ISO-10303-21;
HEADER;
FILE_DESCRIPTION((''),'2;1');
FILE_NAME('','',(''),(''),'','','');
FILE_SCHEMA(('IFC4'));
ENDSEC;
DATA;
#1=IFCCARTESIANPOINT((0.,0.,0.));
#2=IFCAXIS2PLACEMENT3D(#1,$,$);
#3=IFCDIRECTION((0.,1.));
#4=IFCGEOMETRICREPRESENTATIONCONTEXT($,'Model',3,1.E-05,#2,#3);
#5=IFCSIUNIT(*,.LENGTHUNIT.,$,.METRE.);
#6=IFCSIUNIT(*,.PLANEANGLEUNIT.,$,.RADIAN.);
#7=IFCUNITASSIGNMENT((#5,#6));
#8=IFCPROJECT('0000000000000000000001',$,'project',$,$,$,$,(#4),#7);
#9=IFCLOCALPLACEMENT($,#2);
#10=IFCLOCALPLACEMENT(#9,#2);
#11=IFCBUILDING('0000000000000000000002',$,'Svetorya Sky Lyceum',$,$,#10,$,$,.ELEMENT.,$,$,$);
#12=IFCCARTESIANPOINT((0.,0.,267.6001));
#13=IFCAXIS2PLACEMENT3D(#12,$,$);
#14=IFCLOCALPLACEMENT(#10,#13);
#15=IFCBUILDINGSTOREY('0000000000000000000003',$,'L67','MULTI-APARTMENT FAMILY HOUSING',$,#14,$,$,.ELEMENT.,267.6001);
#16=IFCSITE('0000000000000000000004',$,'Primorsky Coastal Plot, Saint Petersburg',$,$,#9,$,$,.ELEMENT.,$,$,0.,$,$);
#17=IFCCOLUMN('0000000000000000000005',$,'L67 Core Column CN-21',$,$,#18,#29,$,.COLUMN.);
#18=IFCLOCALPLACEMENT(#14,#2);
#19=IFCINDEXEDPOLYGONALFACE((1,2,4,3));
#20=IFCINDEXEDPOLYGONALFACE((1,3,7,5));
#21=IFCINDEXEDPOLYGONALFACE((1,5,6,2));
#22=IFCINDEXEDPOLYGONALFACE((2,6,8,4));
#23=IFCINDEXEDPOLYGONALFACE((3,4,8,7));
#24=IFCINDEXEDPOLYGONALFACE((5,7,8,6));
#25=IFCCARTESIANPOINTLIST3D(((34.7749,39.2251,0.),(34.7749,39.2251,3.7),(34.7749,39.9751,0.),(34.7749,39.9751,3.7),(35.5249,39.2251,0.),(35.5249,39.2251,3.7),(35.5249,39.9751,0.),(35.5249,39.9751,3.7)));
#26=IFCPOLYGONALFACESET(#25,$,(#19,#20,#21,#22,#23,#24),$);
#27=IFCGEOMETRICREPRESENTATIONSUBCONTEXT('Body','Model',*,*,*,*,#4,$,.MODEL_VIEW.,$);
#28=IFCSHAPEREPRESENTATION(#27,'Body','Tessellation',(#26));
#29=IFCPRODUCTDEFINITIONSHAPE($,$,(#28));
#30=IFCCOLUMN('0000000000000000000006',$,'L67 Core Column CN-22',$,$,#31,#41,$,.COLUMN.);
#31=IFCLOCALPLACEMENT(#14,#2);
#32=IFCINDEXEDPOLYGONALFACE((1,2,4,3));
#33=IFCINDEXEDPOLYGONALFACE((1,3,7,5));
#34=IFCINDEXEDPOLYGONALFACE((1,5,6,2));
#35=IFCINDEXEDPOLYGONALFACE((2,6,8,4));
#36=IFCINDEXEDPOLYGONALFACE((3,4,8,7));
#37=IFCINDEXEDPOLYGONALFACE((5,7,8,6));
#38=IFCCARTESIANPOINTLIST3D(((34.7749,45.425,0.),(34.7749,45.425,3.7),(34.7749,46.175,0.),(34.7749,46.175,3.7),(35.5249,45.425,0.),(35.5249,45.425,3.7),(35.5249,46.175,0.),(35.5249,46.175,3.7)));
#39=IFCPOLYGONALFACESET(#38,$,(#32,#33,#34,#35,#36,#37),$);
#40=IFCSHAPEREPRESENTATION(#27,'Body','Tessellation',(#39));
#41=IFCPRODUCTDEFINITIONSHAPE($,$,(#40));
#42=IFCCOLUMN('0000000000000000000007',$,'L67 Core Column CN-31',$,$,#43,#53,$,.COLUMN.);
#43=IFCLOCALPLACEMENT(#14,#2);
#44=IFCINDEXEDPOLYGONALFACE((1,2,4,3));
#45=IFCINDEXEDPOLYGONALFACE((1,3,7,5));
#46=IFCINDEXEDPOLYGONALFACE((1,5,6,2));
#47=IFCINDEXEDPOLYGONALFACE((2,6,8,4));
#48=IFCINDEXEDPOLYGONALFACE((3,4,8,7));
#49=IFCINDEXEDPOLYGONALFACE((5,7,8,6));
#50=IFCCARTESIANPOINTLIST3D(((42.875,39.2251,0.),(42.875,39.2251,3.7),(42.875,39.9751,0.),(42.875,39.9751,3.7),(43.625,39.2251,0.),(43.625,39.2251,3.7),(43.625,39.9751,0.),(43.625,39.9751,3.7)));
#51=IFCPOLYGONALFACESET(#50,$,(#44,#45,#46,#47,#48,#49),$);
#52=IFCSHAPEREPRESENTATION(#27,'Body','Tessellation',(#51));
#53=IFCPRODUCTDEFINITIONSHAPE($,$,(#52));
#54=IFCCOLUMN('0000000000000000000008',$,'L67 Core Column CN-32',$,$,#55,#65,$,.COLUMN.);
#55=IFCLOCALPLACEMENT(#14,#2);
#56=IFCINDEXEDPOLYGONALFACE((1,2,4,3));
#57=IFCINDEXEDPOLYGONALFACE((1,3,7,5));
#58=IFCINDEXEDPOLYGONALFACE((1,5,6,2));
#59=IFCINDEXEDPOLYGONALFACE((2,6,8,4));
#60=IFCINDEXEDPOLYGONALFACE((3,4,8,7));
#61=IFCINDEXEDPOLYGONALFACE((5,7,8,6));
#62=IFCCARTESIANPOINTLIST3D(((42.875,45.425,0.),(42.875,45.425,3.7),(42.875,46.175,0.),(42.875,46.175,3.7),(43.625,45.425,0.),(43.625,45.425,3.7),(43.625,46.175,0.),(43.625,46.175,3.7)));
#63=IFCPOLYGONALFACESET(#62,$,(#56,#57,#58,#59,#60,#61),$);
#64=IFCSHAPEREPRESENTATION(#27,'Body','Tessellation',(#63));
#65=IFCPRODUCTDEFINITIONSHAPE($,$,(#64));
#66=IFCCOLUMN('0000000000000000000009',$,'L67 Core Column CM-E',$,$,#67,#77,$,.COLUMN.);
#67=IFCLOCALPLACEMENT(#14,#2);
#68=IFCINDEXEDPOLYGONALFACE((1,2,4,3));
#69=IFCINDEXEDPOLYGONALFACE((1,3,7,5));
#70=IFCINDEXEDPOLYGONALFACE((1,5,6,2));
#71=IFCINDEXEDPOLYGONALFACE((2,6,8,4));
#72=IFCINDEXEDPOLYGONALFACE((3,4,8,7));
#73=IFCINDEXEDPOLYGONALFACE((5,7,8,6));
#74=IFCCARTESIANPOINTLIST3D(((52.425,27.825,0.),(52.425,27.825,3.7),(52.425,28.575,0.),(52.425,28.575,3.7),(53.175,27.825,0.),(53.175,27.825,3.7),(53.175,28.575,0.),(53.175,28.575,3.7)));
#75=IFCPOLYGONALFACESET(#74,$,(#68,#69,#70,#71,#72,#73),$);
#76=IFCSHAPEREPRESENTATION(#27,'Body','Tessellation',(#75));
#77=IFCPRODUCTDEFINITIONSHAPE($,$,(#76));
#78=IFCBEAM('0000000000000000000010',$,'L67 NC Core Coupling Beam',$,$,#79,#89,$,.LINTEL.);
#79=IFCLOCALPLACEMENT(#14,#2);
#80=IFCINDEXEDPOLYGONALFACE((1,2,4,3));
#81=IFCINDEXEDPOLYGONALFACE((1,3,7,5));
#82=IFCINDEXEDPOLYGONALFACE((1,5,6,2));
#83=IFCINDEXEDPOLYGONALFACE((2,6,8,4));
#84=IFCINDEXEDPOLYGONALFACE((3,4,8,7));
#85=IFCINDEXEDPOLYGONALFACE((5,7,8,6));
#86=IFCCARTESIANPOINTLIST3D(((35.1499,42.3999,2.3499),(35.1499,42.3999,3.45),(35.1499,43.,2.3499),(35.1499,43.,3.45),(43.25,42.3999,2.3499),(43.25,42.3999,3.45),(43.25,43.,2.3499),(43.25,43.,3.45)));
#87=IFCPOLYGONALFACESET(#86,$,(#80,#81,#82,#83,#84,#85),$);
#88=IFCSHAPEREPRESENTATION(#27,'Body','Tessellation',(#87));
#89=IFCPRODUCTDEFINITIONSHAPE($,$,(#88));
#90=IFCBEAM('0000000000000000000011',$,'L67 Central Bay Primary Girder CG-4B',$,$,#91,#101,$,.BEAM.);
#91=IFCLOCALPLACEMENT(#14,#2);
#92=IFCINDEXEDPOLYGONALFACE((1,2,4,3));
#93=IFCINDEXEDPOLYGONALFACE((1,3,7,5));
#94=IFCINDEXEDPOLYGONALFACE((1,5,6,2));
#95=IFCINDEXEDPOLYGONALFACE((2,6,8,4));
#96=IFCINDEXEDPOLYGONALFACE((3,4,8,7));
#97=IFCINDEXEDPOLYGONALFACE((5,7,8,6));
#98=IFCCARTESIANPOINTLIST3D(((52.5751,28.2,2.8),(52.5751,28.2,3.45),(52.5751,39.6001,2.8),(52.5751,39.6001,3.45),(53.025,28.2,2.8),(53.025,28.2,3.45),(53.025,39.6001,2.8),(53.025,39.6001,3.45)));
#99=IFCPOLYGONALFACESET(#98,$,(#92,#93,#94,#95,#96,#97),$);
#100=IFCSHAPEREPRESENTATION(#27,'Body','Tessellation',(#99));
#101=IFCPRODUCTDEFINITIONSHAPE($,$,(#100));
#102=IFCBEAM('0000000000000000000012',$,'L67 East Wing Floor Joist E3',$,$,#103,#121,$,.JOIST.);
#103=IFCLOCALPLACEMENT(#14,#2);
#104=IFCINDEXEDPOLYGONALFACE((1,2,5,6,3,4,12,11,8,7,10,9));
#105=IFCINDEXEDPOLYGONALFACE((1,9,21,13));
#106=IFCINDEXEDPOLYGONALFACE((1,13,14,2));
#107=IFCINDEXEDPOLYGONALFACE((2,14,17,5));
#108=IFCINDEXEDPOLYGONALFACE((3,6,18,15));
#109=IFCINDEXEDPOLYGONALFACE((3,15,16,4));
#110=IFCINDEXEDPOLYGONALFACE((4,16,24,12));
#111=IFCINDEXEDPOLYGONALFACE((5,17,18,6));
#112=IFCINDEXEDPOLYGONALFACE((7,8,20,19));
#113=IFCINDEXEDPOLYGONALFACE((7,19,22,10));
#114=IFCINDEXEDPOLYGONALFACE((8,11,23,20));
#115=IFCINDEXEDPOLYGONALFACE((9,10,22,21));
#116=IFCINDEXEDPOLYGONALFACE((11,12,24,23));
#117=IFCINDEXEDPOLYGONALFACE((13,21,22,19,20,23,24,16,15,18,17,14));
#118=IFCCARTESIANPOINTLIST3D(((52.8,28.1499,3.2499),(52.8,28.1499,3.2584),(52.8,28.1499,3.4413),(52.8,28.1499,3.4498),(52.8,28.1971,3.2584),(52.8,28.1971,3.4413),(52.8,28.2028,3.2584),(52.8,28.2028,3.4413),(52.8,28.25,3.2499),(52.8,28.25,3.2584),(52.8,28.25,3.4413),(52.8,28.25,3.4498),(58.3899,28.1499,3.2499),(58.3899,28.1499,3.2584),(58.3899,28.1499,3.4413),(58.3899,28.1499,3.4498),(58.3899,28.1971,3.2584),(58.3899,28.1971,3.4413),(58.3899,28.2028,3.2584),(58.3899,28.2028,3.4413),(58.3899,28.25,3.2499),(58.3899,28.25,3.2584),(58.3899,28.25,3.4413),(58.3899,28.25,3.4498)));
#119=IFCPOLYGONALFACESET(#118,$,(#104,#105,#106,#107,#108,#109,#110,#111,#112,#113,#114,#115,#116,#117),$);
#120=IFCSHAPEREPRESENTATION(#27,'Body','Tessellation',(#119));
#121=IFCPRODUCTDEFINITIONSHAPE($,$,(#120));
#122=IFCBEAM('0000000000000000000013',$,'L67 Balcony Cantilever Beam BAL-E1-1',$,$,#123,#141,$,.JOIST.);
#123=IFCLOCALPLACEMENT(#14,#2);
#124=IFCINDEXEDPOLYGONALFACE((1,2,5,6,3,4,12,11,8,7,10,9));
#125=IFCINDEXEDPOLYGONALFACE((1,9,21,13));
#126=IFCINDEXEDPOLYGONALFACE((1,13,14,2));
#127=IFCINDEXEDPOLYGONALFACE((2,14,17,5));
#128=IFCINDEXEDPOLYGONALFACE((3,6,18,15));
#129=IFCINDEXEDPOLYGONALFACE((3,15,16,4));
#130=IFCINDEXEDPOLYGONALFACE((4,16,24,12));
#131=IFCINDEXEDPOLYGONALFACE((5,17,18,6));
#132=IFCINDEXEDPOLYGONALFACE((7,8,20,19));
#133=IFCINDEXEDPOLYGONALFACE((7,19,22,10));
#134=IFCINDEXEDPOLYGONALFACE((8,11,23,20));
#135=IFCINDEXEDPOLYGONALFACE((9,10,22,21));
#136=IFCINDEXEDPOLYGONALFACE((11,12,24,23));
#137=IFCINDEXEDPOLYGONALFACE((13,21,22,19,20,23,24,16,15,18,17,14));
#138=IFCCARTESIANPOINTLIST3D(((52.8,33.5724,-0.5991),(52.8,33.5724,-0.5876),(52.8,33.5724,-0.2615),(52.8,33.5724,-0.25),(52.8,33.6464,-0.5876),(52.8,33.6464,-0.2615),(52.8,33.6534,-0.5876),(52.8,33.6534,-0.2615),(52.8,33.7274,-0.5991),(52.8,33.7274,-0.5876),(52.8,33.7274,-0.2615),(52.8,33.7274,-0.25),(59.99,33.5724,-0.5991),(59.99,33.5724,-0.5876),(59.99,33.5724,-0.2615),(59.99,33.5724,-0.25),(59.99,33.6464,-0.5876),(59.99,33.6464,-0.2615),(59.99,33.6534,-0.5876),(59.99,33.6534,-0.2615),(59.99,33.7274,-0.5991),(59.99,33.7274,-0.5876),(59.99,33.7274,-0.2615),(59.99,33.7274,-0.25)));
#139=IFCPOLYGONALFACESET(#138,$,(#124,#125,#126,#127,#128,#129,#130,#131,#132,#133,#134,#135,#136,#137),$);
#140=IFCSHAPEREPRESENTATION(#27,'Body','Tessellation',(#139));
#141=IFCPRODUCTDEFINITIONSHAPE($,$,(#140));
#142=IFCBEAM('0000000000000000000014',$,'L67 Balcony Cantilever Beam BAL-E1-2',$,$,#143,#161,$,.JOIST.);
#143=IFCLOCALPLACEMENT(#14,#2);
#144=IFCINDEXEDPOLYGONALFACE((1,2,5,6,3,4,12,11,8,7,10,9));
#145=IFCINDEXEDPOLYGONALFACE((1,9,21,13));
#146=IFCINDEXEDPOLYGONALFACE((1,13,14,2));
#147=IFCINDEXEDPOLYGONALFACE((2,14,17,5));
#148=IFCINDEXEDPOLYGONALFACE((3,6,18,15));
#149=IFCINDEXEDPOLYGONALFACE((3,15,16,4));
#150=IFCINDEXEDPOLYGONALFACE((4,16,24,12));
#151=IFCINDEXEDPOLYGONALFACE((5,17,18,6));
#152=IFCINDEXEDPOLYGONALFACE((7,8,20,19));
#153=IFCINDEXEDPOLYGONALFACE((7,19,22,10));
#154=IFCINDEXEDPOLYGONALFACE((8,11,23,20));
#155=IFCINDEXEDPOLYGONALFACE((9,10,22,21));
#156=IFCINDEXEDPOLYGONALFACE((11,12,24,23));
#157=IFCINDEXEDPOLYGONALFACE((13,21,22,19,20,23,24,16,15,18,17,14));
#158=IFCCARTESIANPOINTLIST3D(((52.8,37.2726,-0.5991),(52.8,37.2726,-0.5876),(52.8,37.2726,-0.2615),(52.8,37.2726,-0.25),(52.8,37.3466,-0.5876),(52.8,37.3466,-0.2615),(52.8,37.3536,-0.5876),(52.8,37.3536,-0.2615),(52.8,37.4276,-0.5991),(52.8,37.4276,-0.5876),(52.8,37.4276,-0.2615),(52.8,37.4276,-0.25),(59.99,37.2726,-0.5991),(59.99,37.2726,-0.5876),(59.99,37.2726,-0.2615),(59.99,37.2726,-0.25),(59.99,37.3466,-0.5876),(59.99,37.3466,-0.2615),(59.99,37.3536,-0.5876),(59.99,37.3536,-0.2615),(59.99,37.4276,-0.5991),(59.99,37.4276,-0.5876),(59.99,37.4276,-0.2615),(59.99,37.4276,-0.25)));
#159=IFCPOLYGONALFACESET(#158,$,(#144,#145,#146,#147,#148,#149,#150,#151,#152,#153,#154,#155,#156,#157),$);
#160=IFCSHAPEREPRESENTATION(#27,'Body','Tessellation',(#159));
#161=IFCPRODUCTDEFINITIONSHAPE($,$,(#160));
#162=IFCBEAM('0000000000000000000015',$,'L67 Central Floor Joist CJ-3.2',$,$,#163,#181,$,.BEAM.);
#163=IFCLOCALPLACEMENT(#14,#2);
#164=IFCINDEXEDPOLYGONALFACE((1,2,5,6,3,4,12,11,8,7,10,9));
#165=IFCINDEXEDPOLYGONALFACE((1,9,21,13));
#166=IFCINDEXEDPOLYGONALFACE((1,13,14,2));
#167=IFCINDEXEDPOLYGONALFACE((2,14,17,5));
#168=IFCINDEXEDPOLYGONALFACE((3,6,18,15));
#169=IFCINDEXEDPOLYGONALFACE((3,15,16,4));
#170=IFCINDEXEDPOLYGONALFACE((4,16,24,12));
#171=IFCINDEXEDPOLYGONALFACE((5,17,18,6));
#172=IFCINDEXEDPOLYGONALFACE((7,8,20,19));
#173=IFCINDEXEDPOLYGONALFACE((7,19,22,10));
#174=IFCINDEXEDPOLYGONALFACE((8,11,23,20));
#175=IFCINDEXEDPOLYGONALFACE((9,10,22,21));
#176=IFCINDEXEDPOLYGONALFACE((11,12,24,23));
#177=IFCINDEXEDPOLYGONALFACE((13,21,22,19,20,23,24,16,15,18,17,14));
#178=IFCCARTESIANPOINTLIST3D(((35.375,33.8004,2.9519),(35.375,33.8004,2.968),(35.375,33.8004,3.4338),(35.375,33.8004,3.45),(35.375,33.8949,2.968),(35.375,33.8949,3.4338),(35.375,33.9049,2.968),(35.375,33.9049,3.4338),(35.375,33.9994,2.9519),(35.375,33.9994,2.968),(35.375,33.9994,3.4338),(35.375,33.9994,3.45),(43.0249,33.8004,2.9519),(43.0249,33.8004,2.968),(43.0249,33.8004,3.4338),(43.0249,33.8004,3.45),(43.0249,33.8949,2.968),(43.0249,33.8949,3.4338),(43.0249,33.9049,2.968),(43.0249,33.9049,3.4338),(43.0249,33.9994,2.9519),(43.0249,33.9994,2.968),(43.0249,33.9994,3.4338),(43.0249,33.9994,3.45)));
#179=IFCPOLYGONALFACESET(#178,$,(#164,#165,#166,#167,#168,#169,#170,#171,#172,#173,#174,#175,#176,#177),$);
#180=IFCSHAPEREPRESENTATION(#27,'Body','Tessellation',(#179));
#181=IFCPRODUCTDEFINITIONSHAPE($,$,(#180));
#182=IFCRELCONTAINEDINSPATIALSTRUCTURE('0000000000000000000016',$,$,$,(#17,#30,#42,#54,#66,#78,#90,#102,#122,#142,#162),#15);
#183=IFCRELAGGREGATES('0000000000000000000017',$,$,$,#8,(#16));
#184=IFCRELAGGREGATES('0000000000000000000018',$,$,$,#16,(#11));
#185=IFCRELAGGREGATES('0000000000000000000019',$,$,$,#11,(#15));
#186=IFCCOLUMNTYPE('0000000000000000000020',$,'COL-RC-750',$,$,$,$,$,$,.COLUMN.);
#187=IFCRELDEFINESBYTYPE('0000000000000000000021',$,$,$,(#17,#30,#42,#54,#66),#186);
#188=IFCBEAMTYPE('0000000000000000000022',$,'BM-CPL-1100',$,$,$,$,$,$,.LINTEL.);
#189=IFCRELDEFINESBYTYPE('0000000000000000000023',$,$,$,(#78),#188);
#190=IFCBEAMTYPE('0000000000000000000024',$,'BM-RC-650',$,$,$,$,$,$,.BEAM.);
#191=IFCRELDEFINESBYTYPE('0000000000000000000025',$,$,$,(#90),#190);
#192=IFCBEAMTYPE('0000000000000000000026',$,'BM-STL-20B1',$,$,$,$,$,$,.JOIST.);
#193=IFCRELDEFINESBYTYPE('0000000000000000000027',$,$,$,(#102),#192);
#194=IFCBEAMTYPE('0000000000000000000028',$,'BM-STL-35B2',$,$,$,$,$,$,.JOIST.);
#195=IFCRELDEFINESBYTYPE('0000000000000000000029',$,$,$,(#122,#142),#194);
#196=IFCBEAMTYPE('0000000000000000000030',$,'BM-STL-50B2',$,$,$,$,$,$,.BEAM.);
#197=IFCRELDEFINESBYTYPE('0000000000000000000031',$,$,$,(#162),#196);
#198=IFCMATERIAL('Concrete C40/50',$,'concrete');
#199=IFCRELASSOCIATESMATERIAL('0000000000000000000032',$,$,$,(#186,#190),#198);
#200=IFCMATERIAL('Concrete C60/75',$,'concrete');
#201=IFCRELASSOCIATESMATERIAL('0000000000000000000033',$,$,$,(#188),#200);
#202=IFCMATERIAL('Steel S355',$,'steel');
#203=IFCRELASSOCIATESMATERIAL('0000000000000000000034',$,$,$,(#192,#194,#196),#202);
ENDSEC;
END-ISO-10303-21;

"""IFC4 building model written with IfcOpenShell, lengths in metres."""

from ifc_helpers import new_model, si_unit, direction, frame, origin, origin_2d, place, context, subcontext, project, spatial, rectangle, i_section, extrude, material, material_profile, profile_set, type_object, element, save


model = new_model("IFC4")

# Units and contexts
model_context = context("Model", 3, precision=1e-05, world=origin(), true_north=direction((0.0, 1.0)))
body_context = subcontext(model_context, "Body", "Model", "MODEL_VIEW")
ifc_project = project(units=[si_unit("LENGTHUNIT", "METRE"), si_unit("PLANEANGLEUNIT", "RADIAN")], contexts=[model_context])

# Site, building, storey
site_placement = place(None, origin())
site = spatial("IfcSite", under=ifc_project, at=site_placement, Name="Primorsky Coastal Plot, Saint Petersburg", CompositionType="ELEMENT", RefElevation=0.0)
building_placement = place(site_placement, origin())
building = spatial("IfcBuilding", under=site, at=building_placement, Name="Svetorya Sky Lyceum", CompositionType="ELEMENT")
storey_placement = place(building_placement, frame((0.0, 0.0, 267.6001)))
storey = spatial("IfcBuildingStorey", under=building, at=storey_placement, Name="L67", Description="MULTI-APARTMENT FAMILY HOUSING", CompositionType="ELEMENT", Elevation=267.6001)

# Columns
ifc_material_1 = material(Name="Concrete C40/50", Category="concrete")
ifc_material_profile_1 = material_profile(ifc_material_1, rectangle(XDim=0.75, YDim=0.75, at=origin_2d()), Name="RC COL 750x750")
ifc_profile_set_1 = profile_set([ifc_material_profile_1], Name="Concrete C40/50")
column_type = type_object("IfcColumnType", Name="COL-RC-750", PredefinedType="COLUMN", material=ifc_profile_set_1)
for number, where, z_axis, x_axis, name in (
    (1, (35.1499, 39.6001, 0.0), (0.0, 0.0, 1.0), (1.0, 0.0, 0.0), "L67 Core Column CN-21"),
    (2, (35.1499, 45.8, 0.0), (0.0, 0.0, 1.0), (1.0, 0.0, 0.0), "L67 Core Column CN-22"),
    (3, (43.25, 39.6001, 0.0), (0.0, 0.0, 1.0), (1.0, 0.0, 0.0), "L67 Core Column CN-31"),
    (4, (43.25, 45.8, 0.0), (0.0, 0.0, 1.0), (1.0, 0.0, 0.0), "L67 Core Column CN-32"),
    (5, (52.8, 28.2, 0.0), (0.0, 0.0, 1.0), (1.0, 0.0, 0.0), "L67 Core Column CM-E"),
):
    element("IfcColumn", number, at=place(storey_placement, frame(where, z_axis=z_axis, x_axis=x_axis)), inside=storey, type_object=column_type, Name=name, PredefinedType="COLUMN", context=body_context, shape_type="SweptSolid", body=[
        extrude(rectangle(XDim=0.75, YDim=0.75, at=origin_2d()), origin(), (0.0, 0.0, 1.0), 3.7),
    ])

# Beams
ifc_material_2 = material(Name="Concrete C60/75", Category="concrete")
ifc_material_profile_2 = material_profile(ifc_material_2, rectangle(XDim=0.6001, YDim=1.1001, at=origin_2d()), Name="RC COUPLING 600x1100")
ifc_profile_set_2 = profile_set([ifc_material_profile_2], Name="Concrete C60/75")
beam_type_1 = type_object("IfcBeamType", Name="BM-CPL-1100", PredefinedType="LINTEL", material=ifc_profile_set_2)
beam_1_placement = place(storey_placement, frame((35.1499, 42.7, 2.8999), z_axis=(1.0, 0.0, 0.0), x_axis=(0.0, 1.0, 0.0)))
element("IfcBeam", 6, at=beam_1_placement, inside=storey, type_object=beam_type_1, Name="L67 NC Core Coupling Beam", PredefinedType="LINTEL", context=body_context, shape_type="SweptSolid", body=[
    extrude(rectangle(XDim=0.6001, YDim=1.1001, at=origin_2d()), origin(), (0.0, 0.0, 1.0), 8.1001),
])
ifc_material_profile_3 = material_profile(ifc_material_1, rectangle(XDim=0.45, YDim=0.6499, at=origin_2d()), Name="RC BEAM 450x650")
ifc_profile_set_3 = profile_set([ifc_material_profile_3], Name="Concrete C40/50")
beam_type_2 = type_object("IfcBeamType", Name="BM-RC-650", PredefinedType="BEAM", material=ifc_profile_set_3)
beam_2_placement = place(storey_placement, frame((52.8, 28.2, 3.125), z_axis=(0.0, 1.0, 0.0), x_axis=(-1.0, 0.0, 0.0)))
element("IfcBeam", 7, at=beam_2_placement, inside=storey, type_object=beam_type_2, Name="L67 Central Bay Primary Girder CG-4B", PredefinedType="BEAM", context=body_context, shape_type="SweptSolid", body=[
    extrude(rectangle(XDim=0.45, YDim=0.6499, at=origin_2d()), origin(), (0.0, 0.0, 1.0), 11.4001),
])
ifc_material_3 = material(Name="Steel S355", Category="steel")
ifc_material_profile_4 = material_profile(ifc_material_3, i_section(OverallWidth=0.1001, OverallDepth=0.2, WebThickness=0.0056, FlangeThickness=0.0085, at=origin_2d()), Name="GOST 20B1")
ifc_profile_set_4 = profile_set([ifc_material_profile_4], Name="Steel S355")
beam_type_3 = type_object("IfcBeamType", Name="BM-STL-20B1", PredefinedType="JOIST", material=ifc_profile_set_4)
beam_3_placement = place(storey_placement, frame((52.8, 28.2, 3.3499), z_axis=(1.0, 0.0, 0.0), x_axis=(0.0, 1.0, 0.0)))
element("IfcBeam", 8, at=beam_3_placement, inside=storey, type_object=beam_type_3, Name="L67 East Wing Floor Joist E3", PredefinedType="JOIST", context=body_context, shape_type="SweptSolid", body=[
    extrude(i_section(OverallWidth=0.1001, OverallDepth=0.2, WebThickness=0.0056, FlangeThickness=0.0085, at=origin_2d()), origin(), (0.0, 0.0, 1.0), 5.5898),
])
ifc_material_profile_5 = material_profile(ifc_material_3, i_section(OverallWidth=0.155, OverallDepth=0.3491, WebThickness=0.0071, FlangeThickness=0.0115, at=origin_2d()), Name="GOST 35B2")
ifc_profile_set_5 = profile_set([ifc_material_profile_5], Name="Steel S355")
beam_type_4 = type_object("IfcBeamType", Name="BM-STL-35B2", PredefinedType="JOIST", material=ifc_profile_set_5)
for number, where, z_axis, x_axis, name in (
    (9, (52.8, 33.6499, -0.4246), (1.0, 0.0, 0.0), (0.0, 1.0, 0.0), "L67 Balcony Cantilever Beam BAL-E1-1"),
    (10, (52.8, 37.3501, -0.4246), (1.0, 0.0, 0.0), (0.0, 1.0, 0.0), "L67 Balcony Cantilever Beam BAL-E1-2"),
):
    element("IfcBeam", number, at=place(storey_placement, frame(where, z_axis=z_axis, x_axis=x_axis)), inside=storey, type_object=beam_type_4, Name=name, PredefinedType="JOIST", context=body_context, shape_type="SweptSolid", body=[
        extrude(i_section(OverallWidth=0.155, OverallDepth=0.3491, WebThickness=0.0071, FlangeThickness=0.0115, at=origin_2d()), origin(), (0.0, 0.0, 1.0), 7.1899),
    ])
ifc_material_profile_6 = material_profile(ifc_material_3, i_section(OverallWidth=0.199, OverallDepth=0.498, WebThickness=0.01, FlangeThickness=0.0161, at=origin_2d()), Name="GOST 50B2")
ifc_profile_set_6 = profile_set([ifc_material_profile_6], Name="Steel S355")
beam_type_5 = type_object("IfcBeamType", Name="BM-STL-50B2", PredefinedType="BEAM", material=ifc_profile_set_6)
beam_4_placement = place(storey_placement, frame((35.375, 33.8999, 3.2009), z_axis=(1.0, 0.0, 0.0), x_axis=(0.0, 1.0, 0.0)))
element("IfcBeam", 11, at=beam_4_placement, inside=storey, type_object=beam_type_5, Name="L67 Central Floor Joist CJ-3.2", PredefinedType="BEAM", context=body_context, shape_type="SweptSolid", body=[
    extrude(i_section(OverallWidth=0.199, OverallDepth=0.498, WebThickness=0.01, FlangeThickness=0.0161, at=origin_2d()), origin(), (0.0, 0.0, 1.0), 7.6499),
])

save(model, "model.ifc")
